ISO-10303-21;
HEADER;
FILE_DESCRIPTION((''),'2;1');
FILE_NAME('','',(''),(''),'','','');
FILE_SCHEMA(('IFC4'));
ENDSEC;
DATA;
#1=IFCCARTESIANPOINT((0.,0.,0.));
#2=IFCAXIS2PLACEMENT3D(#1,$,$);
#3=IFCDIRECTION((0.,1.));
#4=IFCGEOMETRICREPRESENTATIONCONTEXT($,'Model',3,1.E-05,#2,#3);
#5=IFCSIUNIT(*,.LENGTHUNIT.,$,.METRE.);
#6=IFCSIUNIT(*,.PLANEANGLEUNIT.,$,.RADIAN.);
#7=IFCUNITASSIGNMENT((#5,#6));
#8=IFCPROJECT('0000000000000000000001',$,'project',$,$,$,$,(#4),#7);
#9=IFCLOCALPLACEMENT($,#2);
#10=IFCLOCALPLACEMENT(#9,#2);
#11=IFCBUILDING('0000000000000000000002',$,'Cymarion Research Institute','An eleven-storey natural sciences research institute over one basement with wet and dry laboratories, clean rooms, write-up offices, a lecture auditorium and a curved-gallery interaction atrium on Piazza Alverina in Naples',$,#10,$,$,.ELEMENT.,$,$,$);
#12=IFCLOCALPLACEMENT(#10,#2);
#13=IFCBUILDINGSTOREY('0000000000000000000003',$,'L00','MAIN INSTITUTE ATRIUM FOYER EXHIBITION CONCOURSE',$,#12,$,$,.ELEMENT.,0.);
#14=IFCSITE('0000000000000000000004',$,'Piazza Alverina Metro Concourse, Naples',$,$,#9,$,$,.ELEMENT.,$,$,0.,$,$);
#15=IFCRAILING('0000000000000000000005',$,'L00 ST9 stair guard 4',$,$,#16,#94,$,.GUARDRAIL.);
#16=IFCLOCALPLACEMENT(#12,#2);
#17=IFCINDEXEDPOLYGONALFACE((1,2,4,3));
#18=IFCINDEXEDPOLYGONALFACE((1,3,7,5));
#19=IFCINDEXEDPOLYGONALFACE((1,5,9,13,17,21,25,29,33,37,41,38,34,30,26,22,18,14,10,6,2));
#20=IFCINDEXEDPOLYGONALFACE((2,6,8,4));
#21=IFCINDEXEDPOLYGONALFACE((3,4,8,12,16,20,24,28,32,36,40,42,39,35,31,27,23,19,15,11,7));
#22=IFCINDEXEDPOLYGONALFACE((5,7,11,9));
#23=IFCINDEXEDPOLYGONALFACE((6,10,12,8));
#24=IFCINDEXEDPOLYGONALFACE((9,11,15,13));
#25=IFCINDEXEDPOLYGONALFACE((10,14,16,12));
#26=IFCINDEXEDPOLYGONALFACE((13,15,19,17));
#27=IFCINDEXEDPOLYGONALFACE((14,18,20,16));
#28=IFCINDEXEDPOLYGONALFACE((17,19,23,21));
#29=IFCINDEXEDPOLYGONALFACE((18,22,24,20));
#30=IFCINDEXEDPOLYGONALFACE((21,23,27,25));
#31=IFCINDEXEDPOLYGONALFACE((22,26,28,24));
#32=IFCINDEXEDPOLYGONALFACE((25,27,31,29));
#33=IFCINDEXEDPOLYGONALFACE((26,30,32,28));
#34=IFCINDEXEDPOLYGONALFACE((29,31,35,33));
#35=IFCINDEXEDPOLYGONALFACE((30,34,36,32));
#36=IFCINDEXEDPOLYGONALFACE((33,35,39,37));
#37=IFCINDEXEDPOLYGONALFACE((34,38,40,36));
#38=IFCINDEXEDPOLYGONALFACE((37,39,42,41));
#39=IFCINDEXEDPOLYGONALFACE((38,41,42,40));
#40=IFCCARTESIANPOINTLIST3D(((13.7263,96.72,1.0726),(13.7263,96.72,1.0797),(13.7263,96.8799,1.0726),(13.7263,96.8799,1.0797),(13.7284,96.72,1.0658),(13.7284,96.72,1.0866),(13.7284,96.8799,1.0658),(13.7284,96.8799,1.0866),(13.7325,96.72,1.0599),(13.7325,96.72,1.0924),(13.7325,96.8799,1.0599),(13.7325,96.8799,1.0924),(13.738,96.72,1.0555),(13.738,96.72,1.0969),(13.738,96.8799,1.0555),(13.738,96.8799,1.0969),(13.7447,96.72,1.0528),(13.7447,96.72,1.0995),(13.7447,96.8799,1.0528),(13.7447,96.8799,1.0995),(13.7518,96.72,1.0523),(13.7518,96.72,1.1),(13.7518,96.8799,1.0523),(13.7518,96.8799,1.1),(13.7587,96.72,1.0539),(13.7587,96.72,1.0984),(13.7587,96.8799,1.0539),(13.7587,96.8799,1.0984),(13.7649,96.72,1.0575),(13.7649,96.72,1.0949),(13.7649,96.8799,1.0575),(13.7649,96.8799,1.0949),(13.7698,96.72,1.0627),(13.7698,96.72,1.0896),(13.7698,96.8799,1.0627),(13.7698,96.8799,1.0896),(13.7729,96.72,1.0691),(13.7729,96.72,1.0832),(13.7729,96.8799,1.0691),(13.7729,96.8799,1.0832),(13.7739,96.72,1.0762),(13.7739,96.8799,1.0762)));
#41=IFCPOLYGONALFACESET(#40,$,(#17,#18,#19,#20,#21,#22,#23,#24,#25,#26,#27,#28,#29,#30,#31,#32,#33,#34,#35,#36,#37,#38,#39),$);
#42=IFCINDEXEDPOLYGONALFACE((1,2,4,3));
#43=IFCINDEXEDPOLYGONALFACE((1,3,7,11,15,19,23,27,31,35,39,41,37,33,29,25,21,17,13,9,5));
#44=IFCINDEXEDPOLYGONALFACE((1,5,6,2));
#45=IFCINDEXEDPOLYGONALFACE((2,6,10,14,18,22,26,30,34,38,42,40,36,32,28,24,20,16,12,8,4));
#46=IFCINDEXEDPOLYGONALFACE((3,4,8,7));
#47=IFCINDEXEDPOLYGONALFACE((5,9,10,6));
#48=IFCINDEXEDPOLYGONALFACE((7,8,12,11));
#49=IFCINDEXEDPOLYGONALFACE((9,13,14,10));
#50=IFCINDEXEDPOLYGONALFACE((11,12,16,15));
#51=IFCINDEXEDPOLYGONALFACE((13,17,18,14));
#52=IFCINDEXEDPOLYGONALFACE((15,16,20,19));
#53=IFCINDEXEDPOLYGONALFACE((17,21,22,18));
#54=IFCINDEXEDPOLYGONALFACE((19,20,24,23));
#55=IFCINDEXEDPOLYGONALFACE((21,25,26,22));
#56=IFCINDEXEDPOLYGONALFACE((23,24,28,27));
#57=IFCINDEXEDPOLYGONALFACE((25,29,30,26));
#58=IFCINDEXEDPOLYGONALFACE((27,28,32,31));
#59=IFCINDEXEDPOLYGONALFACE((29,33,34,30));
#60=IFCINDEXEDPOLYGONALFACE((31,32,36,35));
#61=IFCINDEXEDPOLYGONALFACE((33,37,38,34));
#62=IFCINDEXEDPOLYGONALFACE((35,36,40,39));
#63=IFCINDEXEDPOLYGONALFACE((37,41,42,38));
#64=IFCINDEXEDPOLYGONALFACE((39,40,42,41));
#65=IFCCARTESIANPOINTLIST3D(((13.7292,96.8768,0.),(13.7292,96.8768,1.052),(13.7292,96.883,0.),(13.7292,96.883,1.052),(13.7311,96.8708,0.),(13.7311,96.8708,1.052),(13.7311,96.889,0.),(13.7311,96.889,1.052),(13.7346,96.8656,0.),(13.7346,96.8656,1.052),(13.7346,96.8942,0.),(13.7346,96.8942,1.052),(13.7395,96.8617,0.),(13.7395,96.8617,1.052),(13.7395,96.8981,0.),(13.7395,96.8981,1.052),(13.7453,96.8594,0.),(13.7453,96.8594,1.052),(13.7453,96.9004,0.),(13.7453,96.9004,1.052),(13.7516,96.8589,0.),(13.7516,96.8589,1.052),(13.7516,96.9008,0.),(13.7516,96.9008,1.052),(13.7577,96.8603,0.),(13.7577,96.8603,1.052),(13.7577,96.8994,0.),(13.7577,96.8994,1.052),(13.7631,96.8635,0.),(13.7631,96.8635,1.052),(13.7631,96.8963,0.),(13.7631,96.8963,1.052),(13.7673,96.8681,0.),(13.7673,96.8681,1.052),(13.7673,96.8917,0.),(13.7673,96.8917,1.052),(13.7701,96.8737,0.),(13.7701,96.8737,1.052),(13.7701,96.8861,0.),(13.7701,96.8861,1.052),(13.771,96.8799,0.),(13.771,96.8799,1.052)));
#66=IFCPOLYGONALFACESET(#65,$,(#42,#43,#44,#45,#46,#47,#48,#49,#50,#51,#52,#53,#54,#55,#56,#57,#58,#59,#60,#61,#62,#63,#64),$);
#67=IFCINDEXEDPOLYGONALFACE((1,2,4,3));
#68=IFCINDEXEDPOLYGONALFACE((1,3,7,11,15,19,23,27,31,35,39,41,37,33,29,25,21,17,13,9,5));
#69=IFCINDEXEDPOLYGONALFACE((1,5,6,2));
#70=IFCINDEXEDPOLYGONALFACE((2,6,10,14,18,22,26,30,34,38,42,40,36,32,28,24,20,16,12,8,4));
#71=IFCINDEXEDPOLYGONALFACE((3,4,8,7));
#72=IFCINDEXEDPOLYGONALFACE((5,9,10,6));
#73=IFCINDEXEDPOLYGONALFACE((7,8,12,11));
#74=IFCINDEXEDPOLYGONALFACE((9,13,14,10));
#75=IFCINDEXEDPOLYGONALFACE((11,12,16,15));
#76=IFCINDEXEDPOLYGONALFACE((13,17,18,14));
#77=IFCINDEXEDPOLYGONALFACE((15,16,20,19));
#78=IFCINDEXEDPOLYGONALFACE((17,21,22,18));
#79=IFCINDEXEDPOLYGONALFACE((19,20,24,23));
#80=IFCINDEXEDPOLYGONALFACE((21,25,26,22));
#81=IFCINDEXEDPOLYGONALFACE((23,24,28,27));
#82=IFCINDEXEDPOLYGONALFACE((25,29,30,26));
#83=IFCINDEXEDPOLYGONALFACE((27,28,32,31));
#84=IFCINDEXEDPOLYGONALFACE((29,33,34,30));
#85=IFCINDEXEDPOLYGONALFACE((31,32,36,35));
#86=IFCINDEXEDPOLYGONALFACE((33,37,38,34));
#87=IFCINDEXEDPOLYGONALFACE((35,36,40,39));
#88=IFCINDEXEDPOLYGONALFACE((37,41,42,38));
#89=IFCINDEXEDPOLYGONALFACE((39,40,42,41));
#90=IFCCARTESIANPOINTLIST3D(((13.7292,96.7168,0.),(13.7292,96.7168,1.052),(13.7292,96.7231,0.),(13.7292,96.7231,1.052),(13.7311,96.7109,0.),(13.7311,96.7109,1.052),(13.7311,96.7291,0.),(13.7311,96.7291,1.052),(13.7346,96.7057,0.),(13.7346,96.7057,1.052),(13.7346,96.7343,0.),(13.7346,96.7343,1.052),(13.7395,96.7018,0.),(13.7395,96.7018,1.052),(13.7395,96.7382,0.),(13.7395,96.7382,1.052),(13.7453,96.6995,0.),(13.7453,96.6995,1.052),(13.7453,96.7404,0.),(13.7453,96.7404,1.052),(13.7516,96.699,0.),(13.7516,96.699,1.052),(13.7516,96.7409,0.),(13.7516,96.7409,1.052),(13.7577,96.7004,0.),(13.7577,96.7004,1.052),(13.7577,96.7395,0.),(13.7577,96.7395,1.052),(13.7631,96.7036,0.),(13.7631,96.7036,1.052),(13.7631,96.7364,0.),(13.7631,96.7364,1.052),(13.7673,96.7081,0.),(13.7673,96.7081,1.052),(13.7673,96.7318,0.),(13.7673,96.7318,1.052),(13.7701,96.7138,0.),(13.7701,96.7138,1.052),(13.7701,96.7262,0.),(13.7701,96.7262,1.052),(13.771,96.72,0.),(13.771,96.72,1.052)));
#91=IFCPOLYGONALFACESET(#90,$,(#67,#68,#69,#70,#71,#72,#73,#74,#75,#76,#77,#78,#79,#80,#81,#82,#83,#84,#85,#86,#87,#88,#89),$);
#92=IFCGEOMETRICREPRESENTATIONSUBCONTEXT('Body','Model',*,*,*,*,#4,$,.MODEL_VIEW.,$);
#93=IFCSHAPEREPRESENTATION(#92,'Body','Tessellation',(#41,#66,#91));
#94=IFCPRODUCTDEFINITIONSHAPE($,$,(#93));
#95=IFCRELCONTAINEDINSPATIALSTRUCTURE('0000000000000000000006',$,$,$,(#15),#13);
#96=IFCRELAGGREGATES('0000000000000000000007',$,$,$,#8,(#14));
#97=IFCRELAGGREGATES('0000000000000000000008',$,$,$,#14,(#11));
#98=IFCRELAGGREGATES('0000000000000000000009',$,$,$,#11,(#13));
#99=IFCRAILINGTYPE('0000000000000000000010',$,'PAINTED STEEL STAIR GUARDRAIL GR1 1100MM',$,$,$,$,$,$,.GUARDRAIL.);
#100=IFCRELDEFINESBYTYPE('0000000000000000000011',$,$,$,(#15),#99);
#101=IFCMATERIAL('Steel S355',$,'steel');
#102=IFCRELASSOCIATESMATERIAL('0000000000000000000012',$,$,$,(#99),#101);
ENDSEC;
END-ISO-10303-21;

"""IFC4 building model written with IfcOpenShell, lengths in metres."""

from ifc_helpers import new_model, si_unit, direction, frame, origin, origin_2d, place, context, subcontext, project, spatial, circle, extrude, material, type_object, element, save


model = new_model("IFC4")

# Units and contexts
model_context = context("Model", 3, precision=1e-05, world=origin(), true_north=direction((0.0, 1.0)))
body_context = subcontext(model_context, "Body", "Model", "MODEL_VIEW")
ifc_project = project(units=[si_unit("LENGTHUNIT", "METRE"), si_unit("PLANEANGLEUNIT", "RADIAN")], contexts=[model_context])

# Site, building, storey
site_placement = place(None, origin())
site = spatial("IfcSite", under=ifc_project, at=site_placement, Name="Piazza Alverina Metro Concourse, Naples", CompositionType="ELEMENT", RefElevation=0.0)
building_placement = place(site_placement, origin())
building = spatial("IfcBuilding", under=site, at=building_placement, Name="Cymarion Research Institute", Description="An eleven-storey natural sciences research institute over one basement with wet and dry laboratories, clean rooms, write-up offices, a lecture auditorium and a curved-gallery interaction atrium on Piazza Alverina in Naples", CompositionType="ELEMENT")
storey_placement = place(building_placement, origin())
storey = spatial("IfcBuildingStorey", under=building, at=storey_placement, Name="L00", Description="MAIN INSTITUTE ATRIUM FOYER EXHIBITION CONCOURSE", CompositionType="ELEMENT", Elevation=0.0)

# Shared definitions
ifc_material_1 = material(Name="Steel S355", Category="steel")

# Railing
railing_type_1 = type_object("IfcRailingType", Name="PAINTED STEEL STAIR GUARDRAIL GR1 1100MM", PredefinedType="GUARDRAIL", material=ifc_material_1)
railing_1_placement = place(storey_placement, frame((13.75, 96.8799, 0.0)))
element("IfcRailing", 1, at=railing_1_placement, inside=storey, type_object=railing_type_1, Name="L00 ST9 stair guard 4", PredefinedType="GUARDRAIL", context=body_context, shape_type="SweptSolid", body=[
    extrude(circle(Radius=0.0239, at=origin_2d()), frame((0.0, 0.0, 1.0762), z_axis=(0.0, -1.0, 0.0), x_axis=(1.0, 0.0, 0.0)), (0.0, 0.0, 1.0), 0.1599),
    extrude(circle(Radius=0.021, at=origin_2d()), origin(), (0.0, 0.0, 1.0), 1.052),
    extrude(circle(Radius=0.021, at=origin_2d()), frame((0.0, -0.1599, 0.0)), (0.0, 0.0, 1.0), 1.052),
])

save(model, "model.ifc")
